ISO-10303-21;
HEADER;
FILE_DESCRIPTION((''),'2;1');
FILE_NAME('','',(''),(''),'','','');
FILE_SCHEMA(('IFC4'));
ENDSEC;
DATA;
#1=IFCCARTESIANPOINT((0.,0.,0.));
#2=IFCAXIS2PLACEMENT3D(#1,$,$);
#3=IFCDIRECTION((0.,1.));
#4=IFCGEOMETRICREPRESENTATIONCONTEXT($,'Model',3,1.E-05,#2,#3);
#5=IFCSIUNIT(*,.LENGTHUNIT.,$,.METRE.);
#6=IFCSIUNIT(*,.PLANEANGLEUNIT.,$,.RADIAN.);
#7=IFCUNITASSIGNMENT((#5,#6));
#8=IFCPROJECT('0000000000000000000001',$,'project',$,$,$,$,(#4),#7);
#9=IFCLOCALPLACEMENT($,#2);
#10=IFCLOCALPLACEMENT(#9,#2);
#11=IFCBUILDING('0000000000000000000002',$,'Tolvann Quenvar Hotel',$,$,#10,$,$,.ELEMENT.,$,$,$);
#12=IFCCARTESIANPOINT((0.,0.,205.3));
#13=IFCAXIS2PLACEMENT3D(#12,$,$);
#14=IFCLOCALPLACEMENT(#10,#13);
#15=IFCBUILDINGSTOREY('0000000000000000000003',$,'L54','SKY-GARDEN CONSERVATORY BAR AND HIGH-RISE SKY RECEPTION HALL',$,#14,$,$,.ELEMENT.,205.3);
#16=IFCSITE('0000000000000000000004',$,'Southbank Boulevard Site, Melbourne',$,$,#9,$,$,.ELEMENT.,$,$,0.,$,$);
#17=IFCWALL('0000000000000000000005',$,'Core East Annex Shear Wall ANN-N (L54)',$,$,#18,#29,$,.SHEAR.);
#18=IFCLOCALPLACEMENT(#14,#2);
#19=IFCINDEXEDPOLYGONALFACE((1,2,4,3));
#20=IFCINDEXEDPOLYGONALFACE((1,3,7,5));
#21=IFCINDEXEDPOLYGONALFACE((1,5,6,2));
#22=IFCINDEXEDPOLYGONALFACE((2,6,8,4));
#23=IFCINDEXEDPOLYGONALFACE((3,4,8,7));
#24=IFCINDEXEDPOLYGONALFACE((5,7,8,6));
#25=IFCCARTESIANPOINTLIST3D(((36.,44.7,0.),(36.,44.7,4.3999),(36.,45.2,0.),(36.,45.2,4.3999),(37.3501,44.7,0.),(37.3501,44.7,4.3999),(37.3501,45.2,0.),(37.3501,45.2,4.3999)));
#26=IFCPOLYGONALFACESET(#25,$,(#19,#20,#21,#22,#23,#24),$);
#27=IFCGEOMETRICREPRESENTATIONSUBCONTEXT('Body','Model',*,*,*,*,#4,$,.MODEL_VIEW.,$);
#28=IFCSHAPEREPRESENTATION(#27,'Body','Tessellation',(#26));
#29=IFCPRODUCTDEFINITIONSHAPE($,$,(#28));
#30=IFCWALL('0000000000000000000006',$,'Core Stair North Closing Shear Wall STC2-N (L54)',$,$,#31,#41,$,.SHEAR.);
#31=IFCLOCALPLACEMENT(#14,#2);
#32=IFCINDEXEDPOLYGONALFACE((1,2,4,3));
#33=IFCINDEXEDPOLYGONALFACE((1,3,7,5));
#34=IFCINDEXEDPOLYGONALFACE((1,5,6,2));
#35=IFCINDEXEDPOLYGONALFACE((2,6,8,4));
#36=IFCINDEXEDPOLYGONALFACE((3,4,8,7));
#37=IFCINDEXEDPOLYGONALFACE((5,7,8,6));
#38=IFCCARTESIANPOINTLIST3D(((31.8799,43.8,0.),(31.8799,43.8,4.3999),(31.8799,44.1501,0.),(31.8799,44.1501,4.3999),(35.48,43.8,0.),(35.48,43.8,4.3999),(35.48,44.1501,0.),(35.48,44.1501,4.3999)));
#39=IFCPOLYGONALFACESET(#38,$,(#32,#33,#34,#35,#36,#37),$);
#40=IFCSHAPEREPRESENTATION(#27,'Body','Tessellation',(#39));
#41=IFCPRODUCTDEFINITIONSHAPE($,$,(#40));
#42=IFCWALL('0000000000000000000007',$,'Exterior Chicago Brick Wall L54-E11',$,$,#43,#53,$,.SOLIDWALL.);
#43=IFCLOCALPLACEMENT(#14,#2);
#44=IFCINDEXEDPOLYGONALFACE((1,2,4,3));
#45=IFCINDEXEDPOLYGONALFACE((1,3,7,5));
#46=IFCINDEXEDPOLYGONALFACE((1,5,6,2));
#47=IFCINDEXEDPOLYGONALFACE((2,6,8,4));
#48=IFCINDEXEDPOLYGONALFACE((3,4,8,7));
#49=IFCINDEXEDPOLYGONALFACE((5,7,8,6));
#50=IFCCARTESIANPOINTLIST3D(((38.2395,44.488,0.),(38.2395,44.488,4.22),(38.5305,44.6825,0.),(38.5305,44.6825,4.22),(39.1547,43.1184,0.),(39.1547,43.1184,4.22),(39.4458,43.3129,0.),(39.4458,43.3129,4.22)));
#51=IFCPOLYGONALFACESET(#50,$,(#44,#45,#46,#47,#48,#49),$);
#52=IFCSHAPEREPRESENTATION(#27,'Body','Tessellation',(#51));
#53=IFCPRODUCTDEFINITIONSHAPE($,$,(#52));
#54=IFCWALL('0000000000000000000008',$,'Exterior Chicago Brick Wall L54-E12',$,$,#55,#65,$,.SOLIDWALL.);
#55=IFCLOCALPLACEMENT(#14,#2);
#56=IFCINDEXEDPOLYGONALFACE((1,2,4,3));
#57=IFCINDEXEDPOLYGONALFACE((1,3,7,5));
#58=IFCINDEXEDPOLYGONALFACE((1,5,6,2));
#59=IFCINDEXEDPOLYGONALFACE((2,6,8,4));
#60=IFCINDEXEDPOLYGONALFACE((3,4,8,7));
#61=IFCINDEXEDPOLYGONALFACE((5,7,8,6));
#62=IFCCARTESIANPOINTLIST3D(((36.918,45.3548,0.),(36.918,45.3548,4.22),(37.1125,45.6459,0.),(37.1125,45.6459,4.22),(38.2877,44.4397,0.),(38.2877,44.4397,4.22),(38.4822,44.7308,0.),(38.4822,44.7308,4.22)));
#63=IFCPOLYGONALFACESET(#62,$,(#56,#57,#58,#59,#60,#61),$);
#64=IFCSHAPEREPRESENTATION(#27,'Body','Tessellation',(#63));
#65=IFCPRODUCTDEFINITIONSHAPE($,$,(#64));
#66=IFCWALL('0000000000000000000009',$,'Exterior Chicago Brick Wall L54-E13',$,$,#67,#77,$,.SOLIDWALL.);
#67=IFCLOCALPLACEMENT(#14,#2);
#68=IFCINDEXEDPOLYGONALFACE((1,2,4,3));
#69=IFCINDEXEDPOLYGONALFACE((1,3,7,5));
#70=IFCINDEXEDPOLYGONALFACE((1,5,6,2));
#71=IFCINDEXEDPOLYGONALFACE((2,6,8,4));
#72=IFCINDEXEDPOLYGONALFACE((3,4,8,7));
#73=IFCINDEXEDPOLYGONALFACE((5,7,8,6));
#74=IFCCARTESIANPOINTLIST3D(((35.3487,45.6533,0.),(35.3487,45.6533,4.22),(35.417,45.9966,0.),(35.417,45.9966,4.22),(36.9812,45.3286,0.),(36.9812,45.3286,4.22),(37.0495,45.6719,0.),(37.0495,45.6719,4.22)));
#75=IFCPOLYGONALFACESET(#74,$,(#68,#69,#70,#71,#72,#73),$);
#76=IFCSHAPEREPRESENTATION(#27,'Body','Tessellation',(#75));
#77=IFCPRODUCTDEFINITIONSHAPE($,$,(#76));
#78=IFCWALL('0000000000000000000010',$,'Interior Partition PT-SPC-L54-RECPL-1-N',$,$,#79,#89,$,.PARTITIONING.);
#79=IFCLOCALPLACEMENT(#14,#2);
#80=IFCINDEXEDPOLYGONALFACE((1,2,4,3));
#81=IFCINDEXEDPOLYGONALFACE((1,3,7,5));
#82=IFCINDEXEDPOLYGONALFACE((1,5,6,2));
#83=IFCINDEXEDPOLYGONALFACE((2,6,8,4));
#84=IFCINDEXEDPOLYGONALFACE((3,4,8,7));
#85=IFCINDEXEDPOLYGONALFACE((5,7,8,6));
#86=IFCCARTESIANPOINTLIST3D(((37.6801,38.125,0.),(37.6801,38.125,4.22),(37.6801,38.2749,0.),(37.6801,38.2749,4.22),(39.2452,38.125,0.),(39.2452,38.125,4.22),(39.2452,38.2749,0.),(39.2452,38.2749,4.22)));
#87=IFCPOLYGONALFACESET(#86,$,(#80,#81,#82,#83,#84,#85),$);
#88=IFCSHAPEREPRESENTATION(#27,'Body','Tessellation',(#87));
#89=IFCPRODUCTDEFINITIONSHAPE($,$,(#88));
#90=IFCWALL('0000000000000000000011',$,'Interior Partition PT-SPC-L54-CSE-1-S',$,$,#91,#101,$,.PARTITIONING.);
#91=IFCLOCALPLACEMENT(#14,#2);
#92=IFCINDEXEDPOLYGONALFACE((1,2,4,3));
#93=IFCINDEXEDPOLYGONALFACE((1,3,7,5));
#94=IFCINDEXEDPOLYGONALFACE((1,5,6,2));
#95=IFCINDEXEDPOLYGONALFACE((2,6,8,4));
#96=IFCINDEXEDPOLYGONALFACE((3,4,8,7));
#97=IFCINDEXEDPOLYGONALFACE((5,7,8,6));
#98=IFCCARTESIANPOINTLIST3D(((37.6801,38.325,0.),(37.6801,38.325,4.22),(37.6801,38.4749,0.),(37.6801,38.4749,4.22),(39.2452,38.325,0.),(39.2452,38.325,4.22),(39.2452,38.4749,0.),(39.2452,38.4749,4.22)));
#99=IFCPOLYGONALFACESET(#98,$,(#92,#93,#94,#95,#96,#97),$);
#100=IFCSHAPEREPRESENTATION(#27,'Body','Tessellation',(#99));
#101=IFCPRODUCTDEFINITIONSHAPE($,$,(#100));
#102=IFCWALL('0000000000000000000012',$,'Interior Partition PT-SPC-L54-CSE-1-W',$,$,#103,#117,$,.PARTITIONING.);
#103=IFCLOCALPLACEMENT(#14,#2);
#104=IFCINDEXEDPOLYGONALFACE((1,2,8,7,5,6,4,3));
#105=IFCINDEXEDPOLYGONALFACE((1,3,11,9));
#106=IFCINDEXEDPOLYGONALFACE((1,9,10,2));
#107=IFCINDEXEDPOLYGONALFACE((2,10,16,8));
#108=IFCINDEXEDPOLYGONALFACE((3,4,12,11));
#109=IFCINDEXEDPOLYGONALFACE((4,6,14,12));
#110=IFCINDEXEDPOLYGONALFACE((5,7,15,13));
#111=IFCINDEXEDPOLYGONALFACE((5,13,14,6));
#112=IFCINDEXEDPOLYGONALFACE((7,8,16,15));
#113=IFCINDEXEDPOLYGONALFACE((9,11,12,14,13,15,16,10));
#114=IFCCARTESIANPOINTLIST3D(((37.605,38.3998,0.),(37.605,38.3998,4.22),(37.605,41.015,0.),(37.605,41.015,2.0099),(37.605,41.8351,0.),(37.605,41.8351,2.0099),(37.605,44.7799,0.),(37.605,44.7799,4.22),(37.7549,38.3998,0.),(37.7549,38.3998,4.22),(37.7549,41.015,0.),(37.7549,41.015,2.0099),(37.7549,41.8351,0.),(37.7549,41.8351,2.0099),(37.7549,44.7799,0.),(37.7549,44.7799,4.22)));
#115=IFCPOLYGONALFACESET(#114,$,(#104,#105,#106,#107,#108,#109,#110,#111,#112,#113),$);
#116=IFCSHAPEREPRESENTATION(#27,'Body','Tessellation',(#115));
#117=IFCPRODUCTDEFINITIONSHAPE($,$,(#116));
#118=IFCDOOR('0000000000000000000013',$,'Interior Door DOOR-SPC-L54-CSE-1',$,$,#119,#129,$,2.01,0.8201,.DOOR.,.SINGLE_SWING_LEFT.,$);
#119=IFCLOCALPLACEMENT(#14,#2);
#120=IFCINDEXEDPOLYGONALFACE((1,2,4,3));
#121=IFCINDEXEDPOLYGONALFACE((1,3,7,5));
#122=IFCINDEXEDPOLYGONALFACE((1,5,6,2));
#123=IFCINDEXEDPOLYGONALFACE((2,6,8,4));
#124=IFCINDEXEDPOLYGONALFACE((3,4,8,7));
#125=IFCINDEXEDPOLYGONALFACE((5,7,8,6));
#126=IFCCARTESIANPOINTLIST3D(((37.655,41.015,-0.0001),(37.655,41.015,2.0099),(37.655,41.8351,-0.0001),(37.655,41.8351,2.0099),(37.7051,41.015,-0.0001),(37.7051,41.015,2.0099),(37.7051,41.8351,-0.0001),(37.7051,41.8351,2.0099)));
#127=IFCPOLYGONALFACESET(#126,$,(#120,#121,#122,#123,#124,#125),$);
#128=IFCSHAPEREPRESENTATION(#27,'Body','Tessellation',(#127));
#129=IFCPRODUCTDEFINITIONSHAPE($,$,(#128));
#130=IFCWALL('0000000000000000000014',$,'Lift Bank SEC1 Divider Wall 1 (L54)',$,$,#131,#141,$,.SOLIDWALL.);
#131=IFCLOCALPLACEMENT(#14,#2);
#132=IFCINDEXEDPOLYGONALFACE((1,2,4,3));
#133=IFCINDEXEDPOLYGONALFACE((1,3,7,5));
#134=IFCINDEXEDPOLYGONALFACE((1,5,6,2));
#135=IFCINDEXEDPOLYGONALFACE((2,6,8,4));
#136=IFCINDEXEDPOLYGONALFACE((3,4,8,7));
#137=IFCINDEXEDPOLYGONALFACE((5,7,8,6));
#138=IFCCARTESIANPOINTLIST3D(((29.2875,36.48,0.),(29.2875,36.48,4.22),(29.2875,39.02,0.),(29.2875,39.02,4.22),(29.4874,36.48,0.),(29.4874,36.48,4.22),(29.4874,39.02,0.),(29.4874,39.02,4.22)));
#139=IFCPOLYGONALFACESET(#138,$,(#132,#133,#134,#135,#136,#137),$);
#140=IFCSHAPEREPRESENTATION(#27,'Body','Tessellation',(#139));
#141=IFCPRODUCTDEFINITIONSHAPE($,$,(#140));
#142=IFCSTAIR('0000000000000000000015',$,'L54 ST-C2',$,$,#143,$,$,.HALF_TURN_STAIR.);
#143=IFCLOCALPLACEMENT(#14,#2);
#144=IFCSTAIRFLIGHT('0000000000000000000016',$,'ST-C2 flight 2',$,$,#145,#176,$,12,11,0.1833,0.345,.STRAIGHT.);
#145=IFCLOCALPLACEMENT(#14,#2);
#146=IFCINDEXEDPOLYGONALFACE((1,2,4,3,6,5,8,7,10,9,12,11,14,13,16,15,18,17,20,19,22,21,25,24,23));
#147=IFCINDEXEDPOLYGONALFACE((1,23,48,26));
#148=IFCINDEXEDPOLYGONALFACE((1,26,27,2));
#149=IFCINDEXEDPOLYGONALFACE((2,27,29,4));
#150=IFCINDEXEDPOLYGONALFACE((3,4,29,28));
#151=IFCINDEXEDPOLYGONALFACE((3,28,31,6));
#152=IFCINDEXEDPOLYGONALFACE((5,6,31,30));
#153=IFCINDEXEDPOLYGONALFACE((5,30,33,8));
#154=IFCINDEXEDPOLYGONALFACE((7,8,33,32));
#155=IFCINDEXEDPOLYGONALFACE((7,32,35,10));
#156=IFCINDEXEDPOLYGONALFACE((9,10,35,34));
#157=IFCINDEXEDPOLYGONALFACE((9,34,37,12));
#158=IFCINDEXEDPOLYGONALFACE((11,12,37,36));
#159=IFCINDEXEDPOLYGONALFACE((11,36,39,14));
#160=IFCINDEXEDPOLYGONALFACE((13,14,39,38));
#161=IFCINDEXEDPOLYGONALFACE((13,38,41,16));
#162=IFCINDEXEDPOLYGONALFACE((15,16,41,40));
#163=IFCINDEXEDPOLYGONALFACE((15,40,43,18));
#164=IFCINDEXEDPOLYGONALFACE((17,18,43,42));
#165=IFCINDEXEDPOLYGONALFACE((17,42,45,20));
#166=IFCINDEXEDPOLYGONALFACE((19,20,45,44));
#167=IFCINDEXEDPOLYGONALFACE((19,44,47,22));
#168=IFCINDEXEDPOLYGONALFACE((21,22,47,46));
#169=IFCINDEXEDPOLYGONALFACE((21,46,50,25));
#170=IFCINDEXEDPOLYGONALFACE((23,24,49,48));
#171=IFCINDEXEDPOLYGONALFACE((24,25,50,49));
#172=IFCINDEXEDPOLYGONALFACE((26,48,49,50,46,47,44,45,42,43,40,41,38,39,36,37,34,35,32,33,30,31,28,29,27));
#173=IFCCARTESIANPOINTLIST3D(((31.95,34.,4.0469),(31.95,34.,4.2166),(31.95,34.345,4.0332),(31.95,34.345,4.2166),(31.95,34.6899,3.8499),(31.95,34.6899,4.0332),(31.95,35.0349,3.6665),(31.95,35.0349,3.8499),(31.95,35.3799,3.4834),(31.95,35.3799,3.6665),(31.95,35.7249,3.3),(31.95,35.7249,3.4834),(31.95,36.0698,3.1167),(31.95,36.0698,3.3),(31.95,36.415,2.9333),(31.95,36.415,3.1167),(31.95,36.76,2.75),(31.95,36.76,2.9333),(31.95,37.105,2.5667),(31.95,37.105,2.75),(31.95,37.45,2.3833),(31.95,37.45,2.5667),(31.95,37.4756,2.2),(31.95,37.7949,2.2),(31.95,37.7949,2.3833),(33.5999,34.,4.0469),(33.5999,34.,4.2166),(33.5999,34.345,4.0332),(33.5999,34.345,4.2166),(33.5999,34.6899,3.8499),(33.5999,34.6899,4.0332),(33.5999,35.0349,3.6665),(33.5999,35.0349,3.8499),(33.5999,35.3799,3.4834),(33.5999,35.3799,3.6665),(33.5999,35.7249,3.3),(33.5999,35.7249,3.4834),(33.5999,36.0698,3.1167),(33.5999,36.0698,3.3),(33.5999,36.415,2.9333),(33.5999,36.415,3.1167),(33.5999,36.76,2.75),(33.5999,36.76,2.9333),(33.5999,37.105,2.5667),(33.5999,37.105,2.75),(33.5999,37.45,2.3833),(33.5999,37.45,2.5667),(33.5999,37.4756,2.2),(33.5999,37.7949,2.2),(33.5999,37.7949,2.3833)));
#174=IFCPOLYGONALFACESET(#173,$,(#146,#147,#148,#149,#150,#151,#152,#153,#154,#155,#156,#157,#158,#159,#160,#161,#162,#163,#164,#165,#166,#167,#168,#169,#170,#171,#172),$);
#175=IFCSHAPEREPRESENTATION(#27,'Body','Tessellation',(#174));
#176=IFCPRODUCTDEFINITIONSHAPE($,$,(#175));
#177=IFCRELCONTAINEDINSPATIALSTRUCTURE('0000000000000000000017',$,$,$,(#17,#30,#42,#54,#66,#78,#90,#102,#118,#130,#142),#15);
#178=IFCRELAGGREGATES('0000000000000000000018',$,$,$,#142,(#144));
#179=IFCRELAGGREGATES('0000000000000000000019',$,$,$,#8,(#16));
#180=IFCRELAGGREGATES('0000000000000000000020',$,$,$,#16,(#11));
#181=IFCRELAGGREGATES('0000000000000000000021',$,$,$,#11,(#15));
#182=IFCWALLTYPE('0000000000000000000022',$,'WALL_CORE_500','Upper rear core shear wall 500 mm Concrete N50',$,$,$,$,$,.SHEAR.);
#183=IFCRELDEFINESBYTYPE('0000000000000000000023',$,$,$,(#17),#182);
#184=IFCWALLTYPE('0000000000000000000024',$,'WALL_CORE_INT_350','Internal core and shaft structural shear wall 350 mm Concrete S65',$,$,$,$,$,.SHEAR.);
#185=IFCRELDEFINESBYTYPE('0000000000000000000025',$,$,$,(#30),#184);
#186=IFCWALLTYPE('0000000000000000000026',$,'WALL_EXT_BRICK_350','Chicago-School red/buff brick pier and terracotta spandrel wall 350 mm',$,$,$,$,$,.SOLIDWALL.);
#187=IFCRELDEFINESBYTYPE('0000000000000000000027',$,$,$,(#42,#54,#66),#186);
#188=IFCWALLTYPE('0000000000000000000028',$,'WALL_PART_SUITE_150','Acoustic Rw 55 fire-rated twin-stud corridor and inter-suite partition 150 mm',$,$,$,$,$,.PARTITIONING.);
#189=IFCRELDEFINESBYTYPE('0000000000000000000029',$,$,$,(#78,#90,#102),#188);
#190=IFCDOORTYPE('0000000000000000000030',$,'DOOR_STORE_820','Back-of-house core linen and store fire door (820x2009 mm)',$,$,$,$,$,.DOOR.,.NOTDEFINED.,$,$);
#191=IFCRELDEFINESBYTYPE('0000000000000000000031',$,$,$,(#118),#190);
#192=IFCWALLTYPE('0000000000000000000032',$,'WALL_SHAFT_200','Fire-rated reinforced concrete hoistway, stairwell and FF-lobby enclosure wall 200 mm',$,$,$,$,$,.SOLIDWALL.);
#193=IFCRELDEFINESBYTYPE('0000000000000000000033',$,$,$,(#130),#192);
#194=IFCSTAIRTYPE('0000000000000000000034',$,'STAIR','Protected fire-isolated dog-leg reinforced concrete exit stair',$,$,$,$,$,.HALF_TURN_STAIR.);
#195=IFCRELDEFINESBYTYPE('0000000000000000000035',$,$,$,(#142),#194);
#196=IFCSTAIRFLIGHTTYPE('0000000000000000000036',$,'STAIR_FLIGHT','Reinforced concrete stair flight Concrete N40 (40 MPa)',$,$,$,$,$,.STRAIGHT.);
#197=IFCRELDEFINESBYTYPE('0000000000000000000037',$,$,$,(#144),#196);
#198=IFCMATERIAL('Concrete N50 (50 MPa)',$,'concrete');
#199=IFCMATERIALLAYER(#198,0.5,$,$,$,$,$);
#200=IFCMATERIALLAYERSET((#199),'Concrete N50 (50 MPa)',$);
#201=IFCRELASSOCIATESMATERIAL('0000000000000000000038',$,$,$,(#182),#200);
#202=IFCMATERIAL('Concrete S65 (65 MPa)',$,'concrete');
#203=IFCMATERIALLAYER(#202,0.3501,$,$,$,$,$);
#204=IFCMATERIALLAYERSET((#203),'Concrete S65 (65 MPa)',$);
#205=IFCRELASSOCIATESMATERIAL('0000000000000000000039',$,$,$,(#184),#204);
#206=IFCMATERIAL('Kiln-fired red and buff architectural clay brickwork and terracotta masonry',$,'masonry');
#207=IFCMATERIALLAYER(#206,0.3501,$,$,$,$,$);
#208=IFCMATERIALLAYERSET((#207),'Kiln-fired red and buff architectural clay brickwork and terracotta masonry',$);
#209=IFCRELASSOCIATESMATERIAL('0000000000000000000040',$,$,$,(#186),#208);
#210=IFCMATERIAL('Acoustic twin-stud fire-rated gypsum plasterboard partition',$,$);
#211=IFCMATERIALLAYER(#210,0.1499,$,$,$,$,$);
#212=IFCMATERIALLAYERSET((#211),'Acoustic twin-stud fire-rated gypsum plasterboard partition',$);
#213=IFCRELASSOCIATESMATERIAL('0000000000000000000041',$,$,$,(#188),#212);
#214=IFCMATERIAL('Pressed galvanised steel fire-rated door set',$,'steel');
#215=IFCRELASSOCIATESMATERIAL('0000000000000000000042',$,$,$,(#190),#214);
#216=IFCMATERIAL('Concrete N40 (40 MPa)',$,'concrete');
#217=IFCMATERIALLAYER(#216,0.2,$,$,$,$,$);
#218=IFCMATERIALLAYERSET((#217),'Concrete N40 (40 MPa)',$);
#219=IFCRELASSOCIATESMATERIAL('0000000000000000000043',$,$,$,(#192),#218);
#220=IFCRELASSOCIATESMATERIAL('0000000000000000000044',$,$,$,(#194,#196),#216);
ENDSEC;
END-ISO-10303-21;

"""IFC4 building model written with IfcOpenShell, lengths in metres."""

from ifc_helpers import new_model, si_unit, direction, frame, frame_2d, origin, place, context, subcontext, project, spatial, polyline, rectangle, outline, extrude, source, transform, mapped, material, layer, layer_set, type_object, type_shapes, element, fill, aggregate, save


model = new_model("IFC4")

# Units and contexts
model_context = context("Model", 3, precision=1e-05, world=origin(), true_north=direction((0.0, 1.0)))
body_context = subcontext(model_context, "Body", "Model", "MODEL_VIEW")
ifc_project = project(units=[si_unit("LENGTHUNIT", "METRE"), si_unit("PLANEANGLEUNIT", "RADIAN")], contexts=[model_context])

# Site, building, storey
site_placement = place(None, origin())
site = spatial("IfcSite", under=ifc_project, at=site_placement, Name="Southbank Boulevard Site, Melbourne", CompositionType="ELEMENT", RefElevation=0.0)
building_placement = place(site_placement, origin())
building = spatial("IfcBuilding", under=site, at=building_placement, Name="Tolvann Quenvar Hotel", CompositionType="ELEMENT")
storey_placement = place(building_placement, frame((0.0, 0.0, 205.3)))
storey = spatial("IfcBuildingStorey", under=building, at=storey_placement, Name="L54", Description="SKY-GARDEN CONSERVATORY BAR AND HIGH-RISE SKY RECEPTION HALL", CompositionType="ELEMENT", Elevation=205.3)

# Walls
ifc_material_1 = material(Name="Concrete N50 (50 MPa)", Category="concrete")
ifc_layer_1 = layer(ifc_material_1, 0.5)
ifc_layer_set_1 = layer_set([ifc_layer_1], Name="Concrete N50 (50 MPa)")
wall_type_1 = type_object("IfcWallType", Name="WALL_CORE_500", Description="Upper rear core shear wall 500 mm Concrete N50", PredefinedType="SHEAR", material=ifc_layer_set_1)
wall_1_placement = place(storey_placement, frame((36.0, 44.95, 0.0), z_axis=(0.0, 0.0, 1.0), x_axis=(1.0, 0.0, 0.0)))
element("IfcWall", 1, at=wall_1_placement, inside=storey, type_object=wall_type_1, Name="Core East Annex Shear Wall ANN-N (L54)", PredefinedType="SHEAR", context=body_context, shape_type="SweptSolid", body=[
    extrude(rectangle(XDim=1.3501, YDim=0.5, at=frame_2d((0.675, 0.0))), origin(), (0.0, 0.0, 1.0), 4.3999),
])
ifc_material_2 = material(Name="Concrete S65 (65 MPa)", Category="concrete")
ifc_layer_2 = layer(ifc_material_2, 0.3501)
ifc_layer_set_2 = layer_set([ifc_layer_2], Name="Concrete S65 (65 MPa)")
wall_type_2 = type_object("IfcWallType", Name="WALL_CORE_INT_350", Description="Internal core and shaft structural shear wall 350 mm Concrete S65", PredefinedType="SHEAR", material=ifc_layer_set_2)
wall_2_placement = place(storey_placement, frame((31.8799, 43.9751, 0.0), z_axis=(0.0, 0.0, 1.0), x_axis=(1.0, 0.0, 0.0)))
element("IfcWall", 2, at=wall_2_placement, inside=storey, type_object=wall_type_2, Name="Core Stair North Closing Shear Wall STC2-N (L54)", PredefinedType="SHEAR", context=body_context, shape_type="SweptSolid", body=[
    extrude(rectangle(XDim=3.6001, YDim=0.3501, at=frame_2d((1.8, 0.0))), origin(), (0.0, 0.0, 1.0), 4.3999),
])
ifc_material_3 = material(Name="Kiln-fired red and buff architectural clay brickwork and terracotta masonry", Category="masonry")
ifc_layer_3 = layer(ifc_material_3, 0.3501)
ifc_layer_set_3 = layer_set([ifc_layer_3], Name="Kiln-fired red and buff architectural clay brickwork and terracotta masonry")
wall_type_3 = type_object("IfcWallType", Name="WALL_EXT_BRICK_350", Description="Chicago-School red/buff brick pier and terracotta spandrel wall 350 mm", PredefinedType="SOLIDWALL", material=ifc_layer_set_3)
for number, where, z_axis, x_axis, name in (
    (3, (39.3003, 43.2156, 0.0), (0.0, 0.0, 1.0), (-0.555623, 0.831434, 0.0), "Exterior Chicago Brick Wall L54-E11"),
    (4, (38.385, 44.5852, 0.0), (0.0, 0.0, 1.0), (-0.831503, 0.555521, 0.0), "Exterior Chicago Brick Wall L54-E12"),
):
    element("IfcWall", number, at=place(storey_placement, frame(where, z_axis=z_axis, x_axis=x_axis)), inside=storey, type_object=wall_type_3, Name=name, PredefinedType="SOLIDWALL", context=body_context, shape_type="SweptSolid", body=[
        extrude(rectangle(XDim=1.6472, YDim=0.3501, at=frame_2d((0.8237, 0.0))), origin(), (0.0, 0.0, 1.0), 4.22),
    ])
wall_3_placement = place(storey_placement, frame((37.0154, 45.5002, 0.0), z_axis=(0.0, 0.0, 1.0), x_axis=(-0.980789, 0.195072, 0.0)))
element("IfcWall", 5, at=wall_3_placement, inside=storey, type_object=wall_type_3, Name="Exterior Chicago Brick Wall L54-E13", PredefinedType="SOLIDWALL", context=body_context, shape_type="SweptSolid", body=[
    extrude(rectangle(XDim=1.6646, YDim=0.3501, at=frame_2d((0.8323, 0.0))), origin(), (0.0, 0.0, 1.0), 4.22),
])

# Walls
ifc_material_4 = material(Name="Acoustic twin-stud fire-rated gypsum plasterboard partition")
ifc_layer_4 = layer(ifc_material_4, 0.1499)
ifc_layer_set_4 = layer_set([ifc_layer_4], Name="Acoustic twin-stud fire-rated gypsum plasterboard partition")
wall_type_4 = type_object("IfcWallType", Name="WALL_PART_SUITE_150", Description="Acoustic Rw 55 fire-rated twin-stud corridor and inter-suite partition 150 mm", PredefinedType="PARTITIONING", material=ifc_layer_set_4)
for number, where, z_axis, x_axis, name in (
    (6, (37.6799, 38.2, 0.0), (0.0, 0.0, 1.0), (1.0, 0.0, 0.0), "Interior Partition PT-SPC-L54-RECPL-1-N"),
    (7, (37.6799, 38.3999, 0.0), (0.0, 0.0, 1.0), (1.0, 0.0, 0.0), "Interior Partition PT-SPC-L54-CSE-1-S"),
):
    element("IfcWall", number, at=place(storey_placement, frame(where, z_axis=z_axis, x_axis=x_axis)), inside=storey, type_object=wall_type_4, Name=name, PredefinedType="PARTITIONING", context=body_context, shape_type="SweptSolid", body=[
        extrude(rectangle(XDim=1.5652, YDim=0.1499, at=frame_2d((0.7827, 0.0))), origin(), (0.0, 0.0, 1.0), 4.22),
    ])

# Wall, opening, door
wall_4_placement = place(storey_placement, frame((37.6799, 38.3999, 0.0), z_axis=(0.0, 0.0, 1.0), x_axis=(0.0, 1.0, 0.0)))
wall_4 = element("IfcWall", 8, at=wall_4_placement, inside=storey, type_object=wall_type_4, Name="Interior Partition PT-SPC-L54-CSE-1-W", PredefinedType="PARTITIONING", context=body_context, shape_type="SweptSolid", body=[
    extrude(rectangle(XDim=6.3801, YDim=0.1499, at=frame_2d((3.1899, 0.0))), origin(), (0.0, 0.0, 1.0), 4.22),
])
opening_1_placement = place(wall_4_placement, frame((2.615, 0.0, 0.0)))
opening_1 = element("IfcOpeningElement", 9, at=opening_1_placement, cuts=wall_4, PredefinedType="OPENING", context=body_context, shape_type="SweptSolid", body=[
    extrude(rectangle(XDim=0.8201, YDim=2.01, at=frame_2d((0.4102, 1.0049))), frame((0.0, 0.085, 0.0), z_axis=(0.0, -1.0, 0.0), x_axis=(1.0, 0.0, 0.0)), (0.0, 0.0, 1.0), 0.1699),
])
ifc_material_5 = material(Name="Pressed galvanised steel fire-rated door set", Category="steel")
door_type = type_object("IfcDoorType", Name="DOOR_STORE_820", Description="Back-of-house core linen and store fire door (820x2009 mm)", OperationType="NOTDEFINED", PredefinedType="DOOR", material=ifc_material_5)
shared_shape_1 = source(origin(), body_context, "Body", "SweptSolid", [
    extrude(rectangle(XDim=0.8201, YDim=2.01, at=frame_2d((0.4102, 1.0049))), frame((0.0, 0.0249, 0.0), z_axis=(0.0, -1.0, 0.0), x_axis=(1.0, 0.0, 0.0)), (0.0, 0.0, 1.0), 0.05),
])
type_shapes(door_type, [shared_shape_1])
door_placement = place(opening_1_placement, origin())
door = element("IfcDoor", 10, at=door_placement, inside=storey, type_object=door_type, Name="Interior Door DOOR-SPC-L54-CSE-1", OperationType="SINGLE_SWING_LEFT", OverallHeight=2.01, OverallWidth=0.8201, PredefinedType="DOOR", context=body_context, shape_type="MappedRepresentation", body=[
    mapped(shared_shape_1, transform((0.0, 0.0, 0.0), x_axis=(1.0, 0.0, 0.0), y_axis=(0.0, 1.0, 0.0), z_axis=(0.0, 0.0, 1.0), scale=1.0)),
])
fill(opening_1, door)

# Wall
ifc_material_6 = material(Name="Concrete N40 (40 MPa)", Category="concrete")
ifc_layer_5 = layer(ifc_material_6, 0.2)
ifc_layer_set_5 = layer_set([ifc_layer_5], Name="Concrete N40 (40 MPa)")
wall_type_5 = type_object("IfcWallType", Name="WALL_SHAFT_200", Description="Fire-rated reinforced concrete hoistway, stairwell and FF-lobby enclosure wall 200 mm", PredefinedType="SOLIDWALL", material=ifc_layer_set_5)
wall_5_placement = place(storey_placement, frame((29.3875, 36.48, 0.0), z_axis=(0.0, 0.0, 1.0), x_axis=(0.0, 1.0, 0.0)))
element("IfcWall", 11, at=wall_5_placement, inside=storey, type_object=wall_type_5, Name="Lift Bank SEC1 Divider Wall 1 (L54)", PredefinedType="SOLIDWALL", context=body_context, shape_type="SweptSolid", body=[
    extrude(rectangle(XDim=2.54, YDim=0.2, at=frame_2d((1.27, 0.0))), origin(), (0.0, 0.0, 1.0), 4.22),
])

# Stair, stair flight
stair_type = type_object("IfcStairType", Name="STAIR", Description="Protected fire-isolated dog-leg reinforced concrete exit stair", PredefinedType="HALF_TURN_STAIR", material=ifc_material_6)
stair_placement = place(storey_placement, origin())
stair = element("IfcStair", 12, at=stair_placement, inside=storey, type_object=stair_type, Name="L54 ST-C2", PredefinedType="HALF_TURN_STAIR")
stair_flight_type = type_object("IfcStairFlightType", Name="STAIR_FLIGHT", Description="Reinforced concrete stair flight Concrete N40 (40 MPa)", PredefinedType="STRAIGHT", material=ifc_material_6)
stair_flight_placement = place(storey_placement, frame((32.7749, 37.7949, 2.2), z_axis=(0.0, 0.0, 1.0), x_axis=(0.0, -1.0, 0.0)))
stair_flight = element("IfcStairFlight", 13, at=stair_flight_placement, type_object=stair_flight_type, Name="ST-C2 flight 2", NumberOfRisers=12, NumberOfTreads=11, PredefinedType="STRAIGHT", RiserHeight=0.1833, TreadLength=0.345, context=body_context, shape_type="SweptSolid", body=[
    extrude(outline(polyline([(0.0, 0.0), (0.0, 0.1833), (0.345, 0.1833), (0.345, 0.3667), (0.6899, 0.3667), (0.6899, 0.55), (1.0349, 0.55), (1.0349, 0.7334), (1.3799, 0.7334), (1.3799, 0.9167), (1.7251, 0.9167), (1.7251, 1.1001), (2.0701, 1.1001), (2.0701, 1.2834), (2.415, 1.2834), (2.415, 1.4666), (2.76, 1.4666), (2.76, 1.6499), (3.105, 1.6499), (3.105, 1.8333), (3.45, 1.8333), (3.45, 2.0166), (3.7949, 2.0166), (3.7949, 2.2), (3.7949, 1.8469), (0.3193, 0.0), (0.0, 0.0)])), frame((0.0, 0.825, 0.0), z_axis=(0.0, -1.0, 0.0), x_axis=(1.0, 0.0, 0.0)), (0.0, 0.0, 1.0), 1.6499),
])
aggregate(stair, [stair_flight])

save(model, "model.ifc")
